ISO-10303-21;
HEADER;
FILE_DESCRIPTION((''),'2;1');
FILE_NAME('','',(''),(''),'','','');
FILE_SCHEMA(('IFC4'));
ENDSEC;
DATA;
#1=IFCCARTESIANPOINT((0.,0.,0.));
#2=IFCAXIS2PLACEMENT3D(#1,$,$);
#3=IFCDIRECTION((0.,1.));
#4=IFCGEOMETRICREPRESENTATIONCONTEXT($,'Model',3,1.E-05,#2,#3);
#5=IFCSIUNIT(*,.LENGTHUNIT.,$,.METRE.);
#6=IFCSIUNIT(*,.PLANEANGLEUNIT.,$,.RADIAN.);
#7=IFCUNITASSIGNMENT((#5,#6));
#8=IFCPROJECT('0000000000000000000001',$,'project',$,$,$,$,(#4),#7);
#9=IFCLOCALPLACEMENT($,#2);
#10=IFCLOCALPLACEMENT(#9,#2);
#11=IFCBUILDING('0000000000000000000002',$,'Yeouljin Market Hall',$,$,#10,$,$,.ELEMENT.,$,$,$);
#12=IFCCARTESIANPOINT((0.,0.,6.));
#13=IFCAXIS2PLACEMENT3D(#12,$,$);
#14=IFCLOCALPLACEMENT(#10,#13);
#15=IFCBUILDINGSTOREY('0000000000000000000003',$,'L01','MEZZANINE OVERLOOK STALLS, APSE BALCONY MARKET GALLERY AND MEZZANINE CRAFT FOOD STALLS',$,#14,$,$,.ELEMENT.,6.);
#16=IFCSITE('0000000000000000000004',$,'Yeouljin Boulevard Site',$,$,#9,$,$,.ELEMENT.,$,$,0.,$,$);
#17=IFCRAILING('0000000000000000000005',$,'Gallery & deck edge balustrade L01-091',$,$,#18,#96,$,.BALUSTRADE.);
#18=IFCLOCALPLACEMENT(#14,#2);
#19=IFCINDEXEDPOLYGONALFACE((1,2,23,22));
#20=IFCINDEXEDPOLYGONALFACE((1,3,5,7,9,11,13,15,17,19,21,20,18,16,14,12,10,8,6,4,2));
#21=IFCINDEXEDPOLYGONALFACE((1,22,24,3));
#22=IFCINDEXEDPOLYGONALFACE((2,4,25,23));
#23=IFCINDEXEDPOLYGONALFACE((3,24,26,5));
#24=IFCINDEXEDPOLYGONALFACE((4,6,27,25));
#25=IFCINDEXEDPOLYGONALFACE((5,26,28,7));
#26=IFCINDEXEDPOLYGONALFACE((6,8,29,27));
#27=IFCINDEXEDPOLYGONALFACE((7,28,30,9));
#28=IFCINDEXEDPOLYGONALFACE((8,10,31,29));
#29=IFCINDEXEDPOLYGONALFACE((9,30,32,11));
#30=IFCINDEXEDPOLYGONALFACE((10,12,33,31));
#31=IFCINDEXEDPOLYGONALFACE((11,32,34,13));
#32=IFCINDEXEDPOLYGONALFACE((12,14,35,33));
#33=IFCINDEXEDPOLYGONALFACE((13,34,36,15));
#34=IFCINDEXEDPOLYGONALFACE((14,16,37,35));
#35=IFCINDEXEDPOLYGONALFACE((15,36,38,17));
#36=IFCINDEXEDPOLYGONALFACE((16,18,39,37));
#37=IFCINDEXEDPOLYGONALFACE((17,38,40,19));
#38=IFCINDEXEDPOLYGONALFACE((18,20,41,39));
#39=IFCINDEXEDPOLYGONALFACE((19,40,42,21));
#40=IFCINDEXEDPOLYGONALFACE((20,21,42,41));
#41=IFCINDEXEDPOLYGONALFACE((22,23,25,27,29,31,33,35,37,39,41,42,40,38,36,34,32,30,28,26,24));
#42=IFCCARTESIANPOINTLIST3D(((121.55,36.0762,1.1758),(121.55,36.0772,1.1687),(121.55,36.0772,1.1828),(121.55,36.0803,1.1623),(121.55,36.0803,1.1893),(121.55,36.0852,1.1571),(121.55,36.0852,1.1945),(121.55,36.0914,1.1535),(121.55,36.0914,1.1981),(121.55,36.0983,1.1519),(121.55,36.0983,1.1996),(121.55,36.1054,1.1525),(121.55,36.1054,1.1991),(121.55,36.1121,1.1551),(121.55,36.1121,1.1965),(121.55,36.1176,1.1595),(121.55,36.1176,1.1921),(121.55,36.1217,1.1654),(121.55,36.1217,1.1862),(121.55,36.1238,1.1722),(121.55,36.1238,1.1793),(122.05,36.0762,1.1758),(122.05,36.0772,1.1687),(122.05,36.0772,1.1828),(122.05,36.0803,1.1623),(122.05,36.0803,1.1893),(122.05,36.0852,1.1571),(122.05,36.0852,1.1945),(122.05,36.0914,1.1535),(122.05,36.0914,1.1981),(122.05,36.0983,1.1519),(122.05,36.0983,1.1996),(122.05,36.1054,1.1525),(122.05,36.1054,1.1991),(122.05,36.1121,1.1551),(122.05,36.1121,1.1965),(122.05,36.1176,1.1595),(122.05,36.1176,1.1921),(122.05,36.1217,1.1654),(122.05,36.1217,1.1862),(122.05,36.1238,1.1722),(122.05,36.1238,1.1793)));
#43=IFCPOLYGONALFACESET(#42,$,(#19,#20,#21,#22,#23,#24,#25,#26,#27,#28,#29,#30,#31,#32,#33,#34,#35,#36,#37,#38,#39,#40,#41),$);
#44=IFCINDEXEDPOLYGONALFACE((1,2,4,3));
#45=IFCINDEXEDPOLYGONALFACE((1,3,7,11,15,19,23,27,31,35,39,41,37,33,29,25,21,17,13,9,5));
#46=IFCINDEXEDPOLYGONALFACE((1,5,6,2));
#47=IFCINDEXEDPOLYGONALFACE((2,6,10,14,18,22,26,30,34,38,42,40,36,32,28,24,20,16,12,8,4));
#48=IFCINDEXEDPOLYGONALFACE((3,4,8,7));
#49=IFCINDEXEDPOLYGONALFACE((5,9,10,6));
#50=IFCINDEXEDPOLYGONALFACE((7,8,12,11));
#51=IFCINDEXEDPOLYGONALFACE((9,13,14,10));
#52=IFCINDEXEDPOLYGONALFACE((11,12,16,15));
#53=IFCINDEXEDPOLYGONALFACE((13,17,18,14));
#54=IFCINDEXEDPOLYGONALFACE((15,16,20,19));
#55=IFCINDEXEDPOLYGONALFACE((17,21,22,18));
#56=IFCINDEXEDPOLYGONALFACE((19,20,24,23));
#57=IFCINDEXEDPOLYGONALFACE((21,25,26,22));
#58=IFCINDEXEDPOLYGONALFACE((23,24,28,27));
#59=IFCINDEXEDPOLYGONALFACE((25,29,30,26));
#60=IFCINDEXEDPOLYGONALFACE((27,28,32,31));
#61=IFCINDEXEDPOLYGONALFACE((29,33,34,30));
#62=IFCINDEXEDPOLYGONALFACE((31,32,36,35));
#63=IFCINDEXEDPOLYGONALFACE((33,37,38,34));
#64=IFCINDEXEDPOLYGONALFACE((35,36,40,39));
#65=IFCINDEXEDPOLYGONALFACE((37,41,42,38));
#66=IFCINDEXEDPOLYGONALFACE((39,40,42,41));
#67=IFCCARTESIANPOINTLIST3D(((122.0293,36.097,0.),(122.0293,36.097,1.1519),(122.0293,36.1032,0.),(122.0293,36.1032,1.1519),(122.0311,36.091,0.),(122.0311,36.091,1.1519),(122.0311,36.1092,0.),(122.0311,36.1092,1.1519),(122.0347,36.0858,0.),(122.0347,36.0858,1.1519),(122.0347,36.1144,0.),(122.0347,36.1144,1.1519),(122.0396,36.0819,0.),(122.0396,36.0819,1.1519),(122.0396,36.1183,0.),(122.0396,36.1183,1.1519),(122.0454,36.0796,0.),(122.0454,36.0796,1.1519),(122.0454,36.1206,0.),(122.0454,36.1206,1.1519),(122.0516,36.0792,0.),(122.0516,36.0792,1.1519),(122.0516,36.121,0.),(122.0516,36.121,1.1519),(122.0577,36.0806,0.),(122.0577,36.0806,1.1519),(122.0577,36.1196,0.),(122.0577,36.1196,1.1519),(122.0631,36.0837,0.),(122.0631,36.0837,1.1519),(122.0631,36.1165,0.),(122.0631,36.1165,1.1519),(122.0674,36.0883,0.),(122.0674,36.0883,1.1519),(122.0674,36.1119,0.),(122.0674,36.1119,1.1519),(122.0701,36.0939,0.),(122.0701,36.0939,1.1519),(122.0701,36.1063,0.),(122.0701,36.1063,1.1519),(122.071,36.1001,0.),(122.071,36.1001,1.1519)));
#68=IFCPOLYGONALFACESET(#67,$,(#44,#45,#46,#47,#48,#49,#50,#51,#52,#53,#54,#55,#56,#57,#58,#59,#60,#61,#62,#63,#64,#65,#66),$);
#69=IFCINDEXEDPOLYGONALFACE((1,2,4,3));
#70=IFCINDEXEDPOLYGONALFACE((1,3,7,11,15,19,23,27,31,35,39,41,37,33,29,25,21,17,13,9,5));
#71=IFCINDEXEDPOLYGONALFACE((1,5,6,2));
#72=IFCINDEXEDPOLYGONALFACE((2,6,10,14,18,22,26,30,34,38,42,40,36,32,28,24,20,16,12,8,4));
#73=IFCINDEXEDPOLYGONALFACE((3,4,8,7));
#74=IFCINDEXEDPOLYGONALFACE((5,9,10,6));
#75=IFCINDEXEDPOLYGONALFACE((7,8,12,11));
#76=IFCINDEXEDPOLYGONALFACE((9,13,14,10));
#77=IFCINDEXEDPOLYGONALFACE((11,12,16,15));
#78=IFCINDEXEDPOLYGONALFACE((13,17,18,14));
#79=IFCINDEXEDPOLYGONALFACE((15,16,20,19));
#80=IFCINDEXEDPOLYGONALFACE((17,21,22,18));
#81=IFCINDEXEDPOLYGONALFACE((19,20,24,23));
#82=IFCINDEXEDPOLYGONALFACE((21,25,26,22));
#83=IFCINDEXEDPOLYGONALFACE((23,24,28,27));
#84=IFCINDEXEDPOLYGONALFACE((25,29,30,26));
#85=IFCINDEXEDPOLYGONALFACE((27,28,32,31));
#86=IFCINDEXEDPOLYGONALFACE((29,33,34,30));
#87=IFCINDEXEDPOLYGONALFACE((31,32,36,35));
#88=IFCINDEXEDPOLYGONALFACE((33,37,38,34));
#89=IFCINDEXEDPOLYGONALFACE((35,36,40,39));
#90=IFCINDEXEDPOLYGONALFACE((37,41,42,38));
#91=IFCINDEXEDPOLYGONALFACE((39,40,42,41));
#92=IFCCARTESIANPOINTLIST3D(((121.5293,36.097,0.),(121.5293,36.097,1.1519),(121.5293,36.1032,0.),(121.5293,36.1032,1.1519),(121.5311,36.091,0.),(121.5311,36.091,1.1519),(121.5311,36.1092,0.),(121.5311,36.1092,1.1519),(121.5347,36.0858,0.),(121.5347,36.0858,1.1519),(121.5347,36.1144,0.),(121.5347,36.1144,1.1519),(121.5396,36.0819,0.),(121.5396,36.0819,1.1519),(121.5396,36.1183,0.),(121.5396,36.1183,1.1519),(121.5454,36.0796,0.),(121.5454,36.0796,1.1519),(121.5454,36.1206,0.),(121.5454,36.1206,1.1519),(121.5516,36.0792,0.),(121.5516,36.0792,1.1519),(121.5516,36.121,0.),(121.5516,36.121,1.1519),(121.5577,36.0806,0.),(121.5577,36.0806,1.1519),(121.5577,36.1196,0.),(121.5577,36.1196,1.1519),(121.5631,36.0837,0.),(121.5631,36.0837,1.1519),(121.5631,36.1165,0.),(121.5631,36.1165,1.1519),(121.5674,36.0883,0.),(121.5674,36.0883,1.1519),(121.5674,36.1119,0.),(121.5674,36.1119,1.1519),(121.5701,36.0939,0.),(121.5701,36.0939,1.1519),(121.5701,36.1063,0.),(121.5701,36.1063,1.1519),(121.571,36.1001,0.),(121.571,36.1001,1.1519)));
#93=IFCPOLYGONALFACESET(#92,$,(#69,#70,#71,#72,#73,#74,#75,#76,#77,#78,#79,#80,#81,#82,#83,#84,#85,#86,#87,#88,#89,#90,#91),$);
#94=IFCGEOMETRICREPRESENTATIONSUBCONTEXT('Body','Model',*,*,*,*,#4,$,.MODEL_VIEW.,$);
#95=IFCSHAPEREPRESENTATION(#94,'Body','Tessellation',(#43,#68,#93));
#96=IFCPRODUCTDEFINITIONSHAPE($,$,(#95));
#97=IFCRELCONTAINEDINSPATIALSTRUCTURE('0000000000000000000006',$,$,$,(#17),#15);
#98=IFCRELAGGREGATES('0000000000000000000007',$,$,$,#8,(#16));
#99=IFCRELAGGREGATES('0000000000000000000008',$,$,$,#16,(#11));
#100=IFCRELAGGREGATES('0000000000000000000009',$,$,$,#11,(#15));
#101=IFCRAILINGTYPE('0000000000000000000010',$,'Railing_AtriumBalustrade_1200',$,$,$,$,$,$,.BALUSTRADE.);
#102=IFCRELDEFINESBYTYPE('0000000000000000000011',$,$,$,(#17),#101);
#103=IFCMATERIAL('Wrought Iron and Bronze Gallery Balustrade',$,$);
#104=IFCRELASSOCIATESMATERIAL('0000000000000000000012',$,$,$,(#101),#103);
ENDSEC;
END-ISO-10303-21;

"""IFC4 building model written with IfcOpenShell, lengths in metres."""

from ifc_helpers import new_model, si_unit, direction, frame, origin, origin_2d, place, context, subcontext, project, spatial, circle, extrude, material, type_object, element, save


model = new_model("IFC4")

# Units and contexts
model_context = context("Model", 3, precision=1e-05, world=origin(), true_north=direction((0.0, 1.0)))
body_context = subcontext(model_context, "Body", "Model", "MODEL_VIEW")
ifc_project = project(units=[si_unit("LENGTHUNIT", "METRE"), si_unit("PLANEANGLEUNIT", "RADIAN")], contexts=[model_context])

# Site, building, storey
site_placement = place(None, origin())
site = spatial("IfcSite", under=ifc_project, at=site_placement, Name="Yeouljin Boulevard Site", CompositionType="ELEMENT", RefElevation=0.0)
building_placement = place(site_placement, origin())
building = spatial("IfcBuilding", under=site, at=building_placement, Name="Yeouljin Market Hall", CompositionType="ELEMENT")
storey_placement = place(building_placement, frame((0.0, 0.0, 6.0)))
storey = spatial("IfcBuildingStorey", under=building, at=storey_placement, Name="L01", Description="MEZZANINE OVERLOOK STALLS, APSE BALCONY MARKET GALLERY AND MEZZANINE CRAFT FOOD STALLS", CompositionType="ELEMENT", Elevation=6.0)

# Railing
ifc_material_1 = material(Name="Wrought Iron and Bronze Gallery Balustrade")
railing_type = type_object("IfcRailingType", Name="Railing_AtriumBalustrade_1200", PredefinedType="BALUSTRADE", material=ifc_material_1)
railing_placement = place(storey_placement, frame((122.05, 36.1001, 0.0)))
element("IfcRailing", 1, at=railing_placement, inside=storey, type_object=railing_type, Name="Gallery & deck edge balustrade L01-091", PredefinedType="BALUSTRADE", context=body_context, shape_type="SweptSolid", body=[
    extrude(circle(Radius=0.0239, at=origin_2d()), frame((0.0, 0.0, 1.1758), z_axis=(-1.0, 0.0, 0.0), x_axis=(0.0, -1.0, 0.0)), (0.0, 0.0, 1.0), 0.5),
    extrude(circle(Radius=0.021, at=origin_2d()), origin(), (0.0, 0.0, 1.0), 1.1519),
    extrude(circle(Radius=0.021, at=origin_2d()), frame((-0.5, 0.0, 0.0)), (0.0, 0.0, 1.0), 1.1519),
])

save(model, "model.ifc")
